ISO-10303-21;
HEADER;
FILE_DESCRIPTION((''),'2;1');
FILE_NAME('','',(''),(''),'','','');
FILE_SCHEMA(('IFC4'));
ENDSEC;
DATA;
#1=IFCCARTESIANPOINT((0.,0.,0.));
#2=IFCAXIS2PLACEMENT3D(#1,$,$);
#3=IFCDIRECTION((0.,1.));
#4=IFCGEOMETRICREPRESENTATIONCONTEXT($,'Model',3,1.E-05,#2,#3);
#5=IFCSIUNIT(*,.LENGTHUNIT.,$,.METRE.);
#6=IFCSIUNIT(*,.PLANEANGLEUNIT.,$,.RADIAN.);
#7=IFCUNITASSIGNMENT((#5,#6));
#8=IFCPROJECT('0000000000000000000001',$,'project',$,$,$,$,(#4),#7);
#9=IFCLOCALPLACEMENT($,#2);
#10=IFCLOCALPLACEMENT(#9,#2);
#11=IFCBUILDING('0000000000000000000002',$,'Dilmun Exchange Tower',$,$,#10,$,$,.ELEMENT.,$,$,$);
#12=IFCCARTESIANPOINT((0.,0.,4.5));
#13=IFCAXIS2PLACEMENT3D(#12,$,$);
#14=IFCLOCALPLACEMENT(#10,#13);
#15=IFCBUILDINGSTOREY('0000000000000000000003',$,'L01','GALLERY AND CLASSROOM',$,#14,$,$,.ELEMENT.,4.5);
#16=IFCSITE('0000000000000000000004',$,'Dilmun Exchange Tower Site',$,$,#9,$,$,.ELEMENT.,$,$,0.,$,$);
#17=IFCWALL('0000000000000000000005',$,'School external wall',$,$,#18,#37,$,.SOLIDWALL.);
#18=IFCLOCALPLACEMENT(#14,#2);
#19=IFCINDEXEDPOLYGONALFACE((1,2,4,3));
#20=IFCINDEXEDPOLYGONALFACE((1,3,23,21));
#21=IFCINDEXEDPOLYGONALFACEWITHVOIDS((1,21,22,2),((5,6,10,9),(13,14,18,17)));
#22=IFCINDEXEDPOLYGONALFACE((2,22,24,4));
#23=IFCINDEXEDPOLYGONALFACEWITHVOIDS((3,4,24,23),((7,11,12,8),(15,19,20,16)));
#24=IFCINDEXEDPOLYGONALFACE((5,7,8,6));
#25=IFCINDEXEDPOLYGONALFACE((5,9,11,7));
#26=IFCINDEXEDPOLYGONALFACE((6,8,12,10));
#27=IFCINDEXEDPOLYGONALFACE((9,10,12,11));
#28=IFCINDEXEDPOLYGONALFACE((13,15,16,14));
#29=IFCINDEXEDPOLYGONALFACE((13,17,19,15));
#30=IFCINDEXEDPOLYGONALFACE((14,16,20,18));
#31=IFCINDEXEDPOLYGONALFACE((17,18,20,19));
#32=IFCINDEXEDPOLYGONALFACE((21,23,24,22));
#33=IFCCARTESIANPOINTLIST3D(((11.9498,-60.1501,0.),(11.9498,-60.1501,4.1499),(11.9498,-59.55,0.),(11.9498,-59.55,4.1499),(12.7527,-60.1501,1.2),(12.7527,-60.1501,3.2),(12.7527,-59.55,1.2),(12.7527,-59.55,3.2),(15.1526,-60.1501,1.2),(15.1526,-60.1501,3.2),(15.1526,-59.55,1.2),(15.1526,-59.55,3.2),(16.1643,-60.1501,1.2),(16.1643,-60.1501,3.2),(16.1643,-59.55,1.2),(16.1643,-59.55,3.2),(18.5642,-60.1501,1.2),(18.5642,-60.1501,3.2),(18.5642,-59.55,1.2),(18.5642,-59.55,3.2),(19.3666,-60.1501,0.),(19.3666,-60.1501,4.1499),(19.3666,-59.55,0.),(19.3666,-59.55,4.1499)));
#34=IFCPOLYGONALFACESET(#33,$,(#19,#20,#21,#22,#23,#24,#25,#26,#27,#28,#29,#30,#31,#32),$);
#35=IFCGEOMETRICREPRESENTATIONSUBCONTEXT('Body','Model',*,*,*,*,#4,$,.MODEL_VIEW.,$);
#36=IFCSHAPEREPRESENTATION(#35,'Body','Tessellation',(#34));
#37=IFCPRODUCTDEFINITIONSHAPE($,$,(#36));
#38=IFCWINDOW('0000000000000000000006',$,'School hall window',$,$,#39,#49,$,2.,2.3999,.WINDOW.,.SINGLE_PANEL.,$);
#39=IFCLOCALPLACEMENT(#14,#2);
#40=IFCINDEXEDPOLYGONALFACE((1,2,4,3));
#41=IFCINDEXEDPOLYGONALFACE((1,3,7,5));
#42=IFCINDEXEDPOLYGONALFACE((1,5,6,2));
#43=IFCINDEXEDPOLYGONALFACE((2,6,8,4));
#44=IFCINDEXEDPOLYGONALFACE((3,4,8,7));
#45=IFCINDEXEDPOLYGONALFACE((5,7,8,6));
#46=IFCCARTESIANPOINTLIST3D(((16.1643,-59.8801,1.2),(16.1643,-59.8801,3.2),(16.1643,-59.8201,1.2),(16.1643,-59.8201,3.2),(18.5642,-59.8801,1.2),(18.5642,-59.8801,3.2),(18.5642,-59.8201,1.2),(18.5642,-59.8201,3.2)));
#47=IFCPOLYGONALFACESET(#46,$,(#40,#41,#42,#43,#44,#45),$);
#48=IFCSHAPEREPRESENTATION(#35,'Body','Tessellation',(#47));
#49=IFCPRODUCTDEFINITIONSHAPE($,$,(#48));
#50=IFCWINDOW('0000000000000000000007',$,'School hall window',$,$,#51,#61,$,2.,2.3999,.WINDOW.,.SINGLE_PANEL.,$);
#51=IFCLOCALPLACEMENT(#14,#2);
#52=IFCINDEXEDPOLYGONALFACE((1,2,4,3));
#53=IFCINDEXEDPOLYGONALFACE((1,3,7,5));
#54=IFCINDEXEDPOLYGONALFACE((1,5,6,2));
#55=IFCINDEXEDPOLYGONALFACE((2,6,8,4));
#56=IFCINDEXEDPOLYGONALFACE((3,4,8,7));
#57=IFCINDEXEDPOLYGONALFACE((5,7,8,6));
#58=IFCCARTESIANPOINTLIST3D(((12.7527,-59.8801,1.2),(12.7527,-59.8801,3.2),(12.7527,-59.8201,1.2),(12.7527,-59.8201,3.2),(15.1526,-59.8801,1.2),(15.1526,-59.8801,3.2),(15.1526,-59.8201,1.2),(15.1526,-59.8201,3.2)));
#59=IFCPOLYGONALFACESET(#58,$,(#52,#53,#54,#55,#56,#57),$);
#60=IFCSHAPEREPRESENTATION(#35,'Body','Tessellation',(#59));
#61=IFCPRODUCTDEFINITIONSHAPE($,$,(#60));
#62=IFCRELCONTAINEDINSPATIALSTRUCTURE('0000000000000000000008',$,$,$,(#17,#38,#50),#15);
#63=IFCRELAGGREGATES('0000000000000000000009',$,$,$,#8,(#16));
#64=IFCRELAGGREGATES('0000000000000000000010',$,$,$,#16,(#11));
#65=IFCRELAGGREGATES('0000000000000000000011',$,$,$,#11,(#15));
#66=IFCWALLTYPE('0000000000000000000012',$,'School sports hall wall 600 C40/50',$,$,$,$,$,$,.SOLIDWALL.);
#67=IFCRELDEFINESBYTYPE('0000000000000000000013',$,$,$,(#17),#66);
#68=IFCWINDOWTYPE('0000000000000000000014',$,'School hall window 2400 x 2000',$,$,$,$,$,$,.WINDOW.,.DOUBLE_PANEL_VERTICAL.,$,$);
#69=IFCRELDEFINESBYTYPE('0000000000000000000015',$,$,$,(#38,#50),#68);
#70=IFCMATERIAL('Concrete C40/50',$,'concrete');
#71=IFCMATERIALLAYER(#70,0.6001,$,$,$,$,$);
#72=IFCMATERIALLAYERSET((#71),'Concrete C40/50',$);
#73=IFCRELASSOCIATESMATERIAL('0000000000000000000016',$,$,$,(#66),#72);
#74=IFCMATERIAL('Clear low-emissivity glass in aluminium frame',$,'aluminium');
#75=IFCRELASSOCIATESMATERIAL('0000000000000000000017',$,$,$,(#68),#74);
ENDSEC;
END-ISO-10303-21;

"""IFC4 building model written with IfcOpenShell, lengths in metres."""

from ifc_helpers import new_model, si_unit, direction, frame, frame_2d, origin, place, context, subcontext, project, spatial, rectangle, extrude, material, layer, layer_set, type_object, element, fill, save


model = new_model("IFC4")

# Units and contexts
model_context = context("Model", 3, precision=1e-05, world=origin(), true_north=direction((0.0, 1.0)))
body_context = subcontext(model_context, "Body", "Model", "MODEL_VIEW")
ifc_project = project(units=[si_unit("LENGTHUNIT", "METRE"), si_unit("PLANEANGLEUNIT", "RADIAN")], contexts=[model_context])

# Site, building, storey
site_placement = place(None, origin())
site = spatial("IfcSite", under=ifc_project, at=site_placement, Name="Dilmun Exchange Tower Site", CompositionType="ELEMENT", RefElevation=0.0)
building_placement = place(site_placement, origin())
building = spatial("IfcBuilding", under=site, at=building_placement, Name="Dilmun Exchange Tower", CompositionType="ELEMENT")
storey_placement = place(building_placement, frame((0.0, 0.0, 4.5)))
storey = spatial("IfcBuildingStorey", under=building, at=storey_placement, Name="L01", Description="GALLERY AND CLASSROOM", CompositionType="ELEMENT", Elevation=4.5)

# Shared definitions
ifc_material_1 = material(Name="Concrete C40/50", Category="concrete")

# Shared definitions
ifc_layer = layer(ifc_material_1, 0.6001)
ifc_layer_set = layer_set([ifc_layer], Name="Concrete C40/50")
wall_type = type_object("IfcWallType", Name="School sports hall wall 600 C40/50", PredefinedType="SOLIDWALL", material=ifc_layer_set)

# Wall, openings, windows
ifc_material_2 = material(Name="Clear low-emissivity glass in aluminium frame", Category="aluminium")
window_type = type_object("IfcWindowType", Name="School hall window 2400 x 2000", PartitioningType="DOUBLE_PANEL_VERTICAL", PredefinedType="WINDOW", material=ifc_material_2)
wall_1_placement = place(storey_placement, frame((19.3667, -59.8501, 0.0), z_axis=(0.0, 0.0, 1.0), x_axis=(-1.0, 0.0, 0.0)))
wall_1 = element("IfcWall", 1, at=wall_1_placement, inside=storey, type_object=wall_type, Name="School external wall", PredefinedType="SOLIDWALL", context=body_context, shape_type="SweptSolid", body=[
    extrude(rectangle(XDim=7.4167, YDim=0.6001, at=frame_2d((3.7085, 0.0))), origin(), (0.0, 0.0, 1.0), 4.1499),
])
opening_1_placement = place(wall_1_placement, frame((0.8025, 0.0, 1.2)))
opening_1 = element("IfcOpeningElement", 2, at=opening_1_placement, cuts=wall_1, PredefinedType="OPENING", context=body_context, shape_type="SweptSolid", body=[
    extrude(rectangle(XDim=2.3999, YDim=2.0, at=frame_2d((1.2, 1.0))), frame((0.0, 0.3101, 0.0), z_axis=(0.0, -1.0, 0.0), x_axis=(1.0, 0.0, 0.0)), (0.0, 0.0, 1.0), 0.6201),
])
opening_2_placement = place(wall_1_placement, frame((4.2141, 0.0, 1.2)))
opening_2 = element("IfcOpeningElement", 3, at=opening_2_placement, cuts=wall_1, PredefinedType="OPENING", context=body_context, shape_type="SweptSolid", body=[
    extrude(rectangle(XDim=2.3999, YDim=2.0, at=frame_2d((1.2, 1.0))), frame((0.0, 0.3101, 0.0), z_axis=(0.0, -1.0, 0.0), x_axis=(1.0, 0.0, 0.0)), (0.0, 0.0, 1.0), 0.6201),
])
window_1_placement = place(opening_1_placement, origin())
window_1 = element("IfcWindow", 4, at=window_1_placement, inside=storey, type_object=window_type, Name="School hall window", OverallHeight=2.0, OverallWidth=2.3999, PartitioningType="SINGLE_PANEL", PredefinedType="WINDOW", context=body_context, shape_type="SweptSolid", body=[
    extrude(rectangle(XDim=2.3999, YDim=2.0, at=frame_2d((1.2, 1.0))), frame((0.0, 0.03, 0.0), z_axis=(0.0, -1.0, 0.0), x_axis=(1.0, 0.0, 0.0)), (0.0, 0.0, 1.0), 0.0601),
])
fill(opening_1, window_1)
window_2_placement = place(opening_2_placement, origin())
window_2 = element("IfcWindow", 5, at=window_2_placement, inside=storey, type_object=window_type, Name="School hall window", OverallHeight=2.0, OverallWidth=2.3999, PartitioningType="SINGLE_PANEL", PredefinedType="WINDOW", context=body_context, shape_type="SweptSolid", body=[
    extrude(rectangle(XDim=2.3999, YDim=2.0, at=frame_2d((1.2, 1.0))), frame((0.0, 0.03, 0.0), z_axis=(0.0, -1.0, 0.0), x_axis=(1.0, 0.0, 0.0)), (0.0, 0.0, 1.0), 0.0601),
])
fill(opening_2, window_2)

save(model, "model.ifc")
